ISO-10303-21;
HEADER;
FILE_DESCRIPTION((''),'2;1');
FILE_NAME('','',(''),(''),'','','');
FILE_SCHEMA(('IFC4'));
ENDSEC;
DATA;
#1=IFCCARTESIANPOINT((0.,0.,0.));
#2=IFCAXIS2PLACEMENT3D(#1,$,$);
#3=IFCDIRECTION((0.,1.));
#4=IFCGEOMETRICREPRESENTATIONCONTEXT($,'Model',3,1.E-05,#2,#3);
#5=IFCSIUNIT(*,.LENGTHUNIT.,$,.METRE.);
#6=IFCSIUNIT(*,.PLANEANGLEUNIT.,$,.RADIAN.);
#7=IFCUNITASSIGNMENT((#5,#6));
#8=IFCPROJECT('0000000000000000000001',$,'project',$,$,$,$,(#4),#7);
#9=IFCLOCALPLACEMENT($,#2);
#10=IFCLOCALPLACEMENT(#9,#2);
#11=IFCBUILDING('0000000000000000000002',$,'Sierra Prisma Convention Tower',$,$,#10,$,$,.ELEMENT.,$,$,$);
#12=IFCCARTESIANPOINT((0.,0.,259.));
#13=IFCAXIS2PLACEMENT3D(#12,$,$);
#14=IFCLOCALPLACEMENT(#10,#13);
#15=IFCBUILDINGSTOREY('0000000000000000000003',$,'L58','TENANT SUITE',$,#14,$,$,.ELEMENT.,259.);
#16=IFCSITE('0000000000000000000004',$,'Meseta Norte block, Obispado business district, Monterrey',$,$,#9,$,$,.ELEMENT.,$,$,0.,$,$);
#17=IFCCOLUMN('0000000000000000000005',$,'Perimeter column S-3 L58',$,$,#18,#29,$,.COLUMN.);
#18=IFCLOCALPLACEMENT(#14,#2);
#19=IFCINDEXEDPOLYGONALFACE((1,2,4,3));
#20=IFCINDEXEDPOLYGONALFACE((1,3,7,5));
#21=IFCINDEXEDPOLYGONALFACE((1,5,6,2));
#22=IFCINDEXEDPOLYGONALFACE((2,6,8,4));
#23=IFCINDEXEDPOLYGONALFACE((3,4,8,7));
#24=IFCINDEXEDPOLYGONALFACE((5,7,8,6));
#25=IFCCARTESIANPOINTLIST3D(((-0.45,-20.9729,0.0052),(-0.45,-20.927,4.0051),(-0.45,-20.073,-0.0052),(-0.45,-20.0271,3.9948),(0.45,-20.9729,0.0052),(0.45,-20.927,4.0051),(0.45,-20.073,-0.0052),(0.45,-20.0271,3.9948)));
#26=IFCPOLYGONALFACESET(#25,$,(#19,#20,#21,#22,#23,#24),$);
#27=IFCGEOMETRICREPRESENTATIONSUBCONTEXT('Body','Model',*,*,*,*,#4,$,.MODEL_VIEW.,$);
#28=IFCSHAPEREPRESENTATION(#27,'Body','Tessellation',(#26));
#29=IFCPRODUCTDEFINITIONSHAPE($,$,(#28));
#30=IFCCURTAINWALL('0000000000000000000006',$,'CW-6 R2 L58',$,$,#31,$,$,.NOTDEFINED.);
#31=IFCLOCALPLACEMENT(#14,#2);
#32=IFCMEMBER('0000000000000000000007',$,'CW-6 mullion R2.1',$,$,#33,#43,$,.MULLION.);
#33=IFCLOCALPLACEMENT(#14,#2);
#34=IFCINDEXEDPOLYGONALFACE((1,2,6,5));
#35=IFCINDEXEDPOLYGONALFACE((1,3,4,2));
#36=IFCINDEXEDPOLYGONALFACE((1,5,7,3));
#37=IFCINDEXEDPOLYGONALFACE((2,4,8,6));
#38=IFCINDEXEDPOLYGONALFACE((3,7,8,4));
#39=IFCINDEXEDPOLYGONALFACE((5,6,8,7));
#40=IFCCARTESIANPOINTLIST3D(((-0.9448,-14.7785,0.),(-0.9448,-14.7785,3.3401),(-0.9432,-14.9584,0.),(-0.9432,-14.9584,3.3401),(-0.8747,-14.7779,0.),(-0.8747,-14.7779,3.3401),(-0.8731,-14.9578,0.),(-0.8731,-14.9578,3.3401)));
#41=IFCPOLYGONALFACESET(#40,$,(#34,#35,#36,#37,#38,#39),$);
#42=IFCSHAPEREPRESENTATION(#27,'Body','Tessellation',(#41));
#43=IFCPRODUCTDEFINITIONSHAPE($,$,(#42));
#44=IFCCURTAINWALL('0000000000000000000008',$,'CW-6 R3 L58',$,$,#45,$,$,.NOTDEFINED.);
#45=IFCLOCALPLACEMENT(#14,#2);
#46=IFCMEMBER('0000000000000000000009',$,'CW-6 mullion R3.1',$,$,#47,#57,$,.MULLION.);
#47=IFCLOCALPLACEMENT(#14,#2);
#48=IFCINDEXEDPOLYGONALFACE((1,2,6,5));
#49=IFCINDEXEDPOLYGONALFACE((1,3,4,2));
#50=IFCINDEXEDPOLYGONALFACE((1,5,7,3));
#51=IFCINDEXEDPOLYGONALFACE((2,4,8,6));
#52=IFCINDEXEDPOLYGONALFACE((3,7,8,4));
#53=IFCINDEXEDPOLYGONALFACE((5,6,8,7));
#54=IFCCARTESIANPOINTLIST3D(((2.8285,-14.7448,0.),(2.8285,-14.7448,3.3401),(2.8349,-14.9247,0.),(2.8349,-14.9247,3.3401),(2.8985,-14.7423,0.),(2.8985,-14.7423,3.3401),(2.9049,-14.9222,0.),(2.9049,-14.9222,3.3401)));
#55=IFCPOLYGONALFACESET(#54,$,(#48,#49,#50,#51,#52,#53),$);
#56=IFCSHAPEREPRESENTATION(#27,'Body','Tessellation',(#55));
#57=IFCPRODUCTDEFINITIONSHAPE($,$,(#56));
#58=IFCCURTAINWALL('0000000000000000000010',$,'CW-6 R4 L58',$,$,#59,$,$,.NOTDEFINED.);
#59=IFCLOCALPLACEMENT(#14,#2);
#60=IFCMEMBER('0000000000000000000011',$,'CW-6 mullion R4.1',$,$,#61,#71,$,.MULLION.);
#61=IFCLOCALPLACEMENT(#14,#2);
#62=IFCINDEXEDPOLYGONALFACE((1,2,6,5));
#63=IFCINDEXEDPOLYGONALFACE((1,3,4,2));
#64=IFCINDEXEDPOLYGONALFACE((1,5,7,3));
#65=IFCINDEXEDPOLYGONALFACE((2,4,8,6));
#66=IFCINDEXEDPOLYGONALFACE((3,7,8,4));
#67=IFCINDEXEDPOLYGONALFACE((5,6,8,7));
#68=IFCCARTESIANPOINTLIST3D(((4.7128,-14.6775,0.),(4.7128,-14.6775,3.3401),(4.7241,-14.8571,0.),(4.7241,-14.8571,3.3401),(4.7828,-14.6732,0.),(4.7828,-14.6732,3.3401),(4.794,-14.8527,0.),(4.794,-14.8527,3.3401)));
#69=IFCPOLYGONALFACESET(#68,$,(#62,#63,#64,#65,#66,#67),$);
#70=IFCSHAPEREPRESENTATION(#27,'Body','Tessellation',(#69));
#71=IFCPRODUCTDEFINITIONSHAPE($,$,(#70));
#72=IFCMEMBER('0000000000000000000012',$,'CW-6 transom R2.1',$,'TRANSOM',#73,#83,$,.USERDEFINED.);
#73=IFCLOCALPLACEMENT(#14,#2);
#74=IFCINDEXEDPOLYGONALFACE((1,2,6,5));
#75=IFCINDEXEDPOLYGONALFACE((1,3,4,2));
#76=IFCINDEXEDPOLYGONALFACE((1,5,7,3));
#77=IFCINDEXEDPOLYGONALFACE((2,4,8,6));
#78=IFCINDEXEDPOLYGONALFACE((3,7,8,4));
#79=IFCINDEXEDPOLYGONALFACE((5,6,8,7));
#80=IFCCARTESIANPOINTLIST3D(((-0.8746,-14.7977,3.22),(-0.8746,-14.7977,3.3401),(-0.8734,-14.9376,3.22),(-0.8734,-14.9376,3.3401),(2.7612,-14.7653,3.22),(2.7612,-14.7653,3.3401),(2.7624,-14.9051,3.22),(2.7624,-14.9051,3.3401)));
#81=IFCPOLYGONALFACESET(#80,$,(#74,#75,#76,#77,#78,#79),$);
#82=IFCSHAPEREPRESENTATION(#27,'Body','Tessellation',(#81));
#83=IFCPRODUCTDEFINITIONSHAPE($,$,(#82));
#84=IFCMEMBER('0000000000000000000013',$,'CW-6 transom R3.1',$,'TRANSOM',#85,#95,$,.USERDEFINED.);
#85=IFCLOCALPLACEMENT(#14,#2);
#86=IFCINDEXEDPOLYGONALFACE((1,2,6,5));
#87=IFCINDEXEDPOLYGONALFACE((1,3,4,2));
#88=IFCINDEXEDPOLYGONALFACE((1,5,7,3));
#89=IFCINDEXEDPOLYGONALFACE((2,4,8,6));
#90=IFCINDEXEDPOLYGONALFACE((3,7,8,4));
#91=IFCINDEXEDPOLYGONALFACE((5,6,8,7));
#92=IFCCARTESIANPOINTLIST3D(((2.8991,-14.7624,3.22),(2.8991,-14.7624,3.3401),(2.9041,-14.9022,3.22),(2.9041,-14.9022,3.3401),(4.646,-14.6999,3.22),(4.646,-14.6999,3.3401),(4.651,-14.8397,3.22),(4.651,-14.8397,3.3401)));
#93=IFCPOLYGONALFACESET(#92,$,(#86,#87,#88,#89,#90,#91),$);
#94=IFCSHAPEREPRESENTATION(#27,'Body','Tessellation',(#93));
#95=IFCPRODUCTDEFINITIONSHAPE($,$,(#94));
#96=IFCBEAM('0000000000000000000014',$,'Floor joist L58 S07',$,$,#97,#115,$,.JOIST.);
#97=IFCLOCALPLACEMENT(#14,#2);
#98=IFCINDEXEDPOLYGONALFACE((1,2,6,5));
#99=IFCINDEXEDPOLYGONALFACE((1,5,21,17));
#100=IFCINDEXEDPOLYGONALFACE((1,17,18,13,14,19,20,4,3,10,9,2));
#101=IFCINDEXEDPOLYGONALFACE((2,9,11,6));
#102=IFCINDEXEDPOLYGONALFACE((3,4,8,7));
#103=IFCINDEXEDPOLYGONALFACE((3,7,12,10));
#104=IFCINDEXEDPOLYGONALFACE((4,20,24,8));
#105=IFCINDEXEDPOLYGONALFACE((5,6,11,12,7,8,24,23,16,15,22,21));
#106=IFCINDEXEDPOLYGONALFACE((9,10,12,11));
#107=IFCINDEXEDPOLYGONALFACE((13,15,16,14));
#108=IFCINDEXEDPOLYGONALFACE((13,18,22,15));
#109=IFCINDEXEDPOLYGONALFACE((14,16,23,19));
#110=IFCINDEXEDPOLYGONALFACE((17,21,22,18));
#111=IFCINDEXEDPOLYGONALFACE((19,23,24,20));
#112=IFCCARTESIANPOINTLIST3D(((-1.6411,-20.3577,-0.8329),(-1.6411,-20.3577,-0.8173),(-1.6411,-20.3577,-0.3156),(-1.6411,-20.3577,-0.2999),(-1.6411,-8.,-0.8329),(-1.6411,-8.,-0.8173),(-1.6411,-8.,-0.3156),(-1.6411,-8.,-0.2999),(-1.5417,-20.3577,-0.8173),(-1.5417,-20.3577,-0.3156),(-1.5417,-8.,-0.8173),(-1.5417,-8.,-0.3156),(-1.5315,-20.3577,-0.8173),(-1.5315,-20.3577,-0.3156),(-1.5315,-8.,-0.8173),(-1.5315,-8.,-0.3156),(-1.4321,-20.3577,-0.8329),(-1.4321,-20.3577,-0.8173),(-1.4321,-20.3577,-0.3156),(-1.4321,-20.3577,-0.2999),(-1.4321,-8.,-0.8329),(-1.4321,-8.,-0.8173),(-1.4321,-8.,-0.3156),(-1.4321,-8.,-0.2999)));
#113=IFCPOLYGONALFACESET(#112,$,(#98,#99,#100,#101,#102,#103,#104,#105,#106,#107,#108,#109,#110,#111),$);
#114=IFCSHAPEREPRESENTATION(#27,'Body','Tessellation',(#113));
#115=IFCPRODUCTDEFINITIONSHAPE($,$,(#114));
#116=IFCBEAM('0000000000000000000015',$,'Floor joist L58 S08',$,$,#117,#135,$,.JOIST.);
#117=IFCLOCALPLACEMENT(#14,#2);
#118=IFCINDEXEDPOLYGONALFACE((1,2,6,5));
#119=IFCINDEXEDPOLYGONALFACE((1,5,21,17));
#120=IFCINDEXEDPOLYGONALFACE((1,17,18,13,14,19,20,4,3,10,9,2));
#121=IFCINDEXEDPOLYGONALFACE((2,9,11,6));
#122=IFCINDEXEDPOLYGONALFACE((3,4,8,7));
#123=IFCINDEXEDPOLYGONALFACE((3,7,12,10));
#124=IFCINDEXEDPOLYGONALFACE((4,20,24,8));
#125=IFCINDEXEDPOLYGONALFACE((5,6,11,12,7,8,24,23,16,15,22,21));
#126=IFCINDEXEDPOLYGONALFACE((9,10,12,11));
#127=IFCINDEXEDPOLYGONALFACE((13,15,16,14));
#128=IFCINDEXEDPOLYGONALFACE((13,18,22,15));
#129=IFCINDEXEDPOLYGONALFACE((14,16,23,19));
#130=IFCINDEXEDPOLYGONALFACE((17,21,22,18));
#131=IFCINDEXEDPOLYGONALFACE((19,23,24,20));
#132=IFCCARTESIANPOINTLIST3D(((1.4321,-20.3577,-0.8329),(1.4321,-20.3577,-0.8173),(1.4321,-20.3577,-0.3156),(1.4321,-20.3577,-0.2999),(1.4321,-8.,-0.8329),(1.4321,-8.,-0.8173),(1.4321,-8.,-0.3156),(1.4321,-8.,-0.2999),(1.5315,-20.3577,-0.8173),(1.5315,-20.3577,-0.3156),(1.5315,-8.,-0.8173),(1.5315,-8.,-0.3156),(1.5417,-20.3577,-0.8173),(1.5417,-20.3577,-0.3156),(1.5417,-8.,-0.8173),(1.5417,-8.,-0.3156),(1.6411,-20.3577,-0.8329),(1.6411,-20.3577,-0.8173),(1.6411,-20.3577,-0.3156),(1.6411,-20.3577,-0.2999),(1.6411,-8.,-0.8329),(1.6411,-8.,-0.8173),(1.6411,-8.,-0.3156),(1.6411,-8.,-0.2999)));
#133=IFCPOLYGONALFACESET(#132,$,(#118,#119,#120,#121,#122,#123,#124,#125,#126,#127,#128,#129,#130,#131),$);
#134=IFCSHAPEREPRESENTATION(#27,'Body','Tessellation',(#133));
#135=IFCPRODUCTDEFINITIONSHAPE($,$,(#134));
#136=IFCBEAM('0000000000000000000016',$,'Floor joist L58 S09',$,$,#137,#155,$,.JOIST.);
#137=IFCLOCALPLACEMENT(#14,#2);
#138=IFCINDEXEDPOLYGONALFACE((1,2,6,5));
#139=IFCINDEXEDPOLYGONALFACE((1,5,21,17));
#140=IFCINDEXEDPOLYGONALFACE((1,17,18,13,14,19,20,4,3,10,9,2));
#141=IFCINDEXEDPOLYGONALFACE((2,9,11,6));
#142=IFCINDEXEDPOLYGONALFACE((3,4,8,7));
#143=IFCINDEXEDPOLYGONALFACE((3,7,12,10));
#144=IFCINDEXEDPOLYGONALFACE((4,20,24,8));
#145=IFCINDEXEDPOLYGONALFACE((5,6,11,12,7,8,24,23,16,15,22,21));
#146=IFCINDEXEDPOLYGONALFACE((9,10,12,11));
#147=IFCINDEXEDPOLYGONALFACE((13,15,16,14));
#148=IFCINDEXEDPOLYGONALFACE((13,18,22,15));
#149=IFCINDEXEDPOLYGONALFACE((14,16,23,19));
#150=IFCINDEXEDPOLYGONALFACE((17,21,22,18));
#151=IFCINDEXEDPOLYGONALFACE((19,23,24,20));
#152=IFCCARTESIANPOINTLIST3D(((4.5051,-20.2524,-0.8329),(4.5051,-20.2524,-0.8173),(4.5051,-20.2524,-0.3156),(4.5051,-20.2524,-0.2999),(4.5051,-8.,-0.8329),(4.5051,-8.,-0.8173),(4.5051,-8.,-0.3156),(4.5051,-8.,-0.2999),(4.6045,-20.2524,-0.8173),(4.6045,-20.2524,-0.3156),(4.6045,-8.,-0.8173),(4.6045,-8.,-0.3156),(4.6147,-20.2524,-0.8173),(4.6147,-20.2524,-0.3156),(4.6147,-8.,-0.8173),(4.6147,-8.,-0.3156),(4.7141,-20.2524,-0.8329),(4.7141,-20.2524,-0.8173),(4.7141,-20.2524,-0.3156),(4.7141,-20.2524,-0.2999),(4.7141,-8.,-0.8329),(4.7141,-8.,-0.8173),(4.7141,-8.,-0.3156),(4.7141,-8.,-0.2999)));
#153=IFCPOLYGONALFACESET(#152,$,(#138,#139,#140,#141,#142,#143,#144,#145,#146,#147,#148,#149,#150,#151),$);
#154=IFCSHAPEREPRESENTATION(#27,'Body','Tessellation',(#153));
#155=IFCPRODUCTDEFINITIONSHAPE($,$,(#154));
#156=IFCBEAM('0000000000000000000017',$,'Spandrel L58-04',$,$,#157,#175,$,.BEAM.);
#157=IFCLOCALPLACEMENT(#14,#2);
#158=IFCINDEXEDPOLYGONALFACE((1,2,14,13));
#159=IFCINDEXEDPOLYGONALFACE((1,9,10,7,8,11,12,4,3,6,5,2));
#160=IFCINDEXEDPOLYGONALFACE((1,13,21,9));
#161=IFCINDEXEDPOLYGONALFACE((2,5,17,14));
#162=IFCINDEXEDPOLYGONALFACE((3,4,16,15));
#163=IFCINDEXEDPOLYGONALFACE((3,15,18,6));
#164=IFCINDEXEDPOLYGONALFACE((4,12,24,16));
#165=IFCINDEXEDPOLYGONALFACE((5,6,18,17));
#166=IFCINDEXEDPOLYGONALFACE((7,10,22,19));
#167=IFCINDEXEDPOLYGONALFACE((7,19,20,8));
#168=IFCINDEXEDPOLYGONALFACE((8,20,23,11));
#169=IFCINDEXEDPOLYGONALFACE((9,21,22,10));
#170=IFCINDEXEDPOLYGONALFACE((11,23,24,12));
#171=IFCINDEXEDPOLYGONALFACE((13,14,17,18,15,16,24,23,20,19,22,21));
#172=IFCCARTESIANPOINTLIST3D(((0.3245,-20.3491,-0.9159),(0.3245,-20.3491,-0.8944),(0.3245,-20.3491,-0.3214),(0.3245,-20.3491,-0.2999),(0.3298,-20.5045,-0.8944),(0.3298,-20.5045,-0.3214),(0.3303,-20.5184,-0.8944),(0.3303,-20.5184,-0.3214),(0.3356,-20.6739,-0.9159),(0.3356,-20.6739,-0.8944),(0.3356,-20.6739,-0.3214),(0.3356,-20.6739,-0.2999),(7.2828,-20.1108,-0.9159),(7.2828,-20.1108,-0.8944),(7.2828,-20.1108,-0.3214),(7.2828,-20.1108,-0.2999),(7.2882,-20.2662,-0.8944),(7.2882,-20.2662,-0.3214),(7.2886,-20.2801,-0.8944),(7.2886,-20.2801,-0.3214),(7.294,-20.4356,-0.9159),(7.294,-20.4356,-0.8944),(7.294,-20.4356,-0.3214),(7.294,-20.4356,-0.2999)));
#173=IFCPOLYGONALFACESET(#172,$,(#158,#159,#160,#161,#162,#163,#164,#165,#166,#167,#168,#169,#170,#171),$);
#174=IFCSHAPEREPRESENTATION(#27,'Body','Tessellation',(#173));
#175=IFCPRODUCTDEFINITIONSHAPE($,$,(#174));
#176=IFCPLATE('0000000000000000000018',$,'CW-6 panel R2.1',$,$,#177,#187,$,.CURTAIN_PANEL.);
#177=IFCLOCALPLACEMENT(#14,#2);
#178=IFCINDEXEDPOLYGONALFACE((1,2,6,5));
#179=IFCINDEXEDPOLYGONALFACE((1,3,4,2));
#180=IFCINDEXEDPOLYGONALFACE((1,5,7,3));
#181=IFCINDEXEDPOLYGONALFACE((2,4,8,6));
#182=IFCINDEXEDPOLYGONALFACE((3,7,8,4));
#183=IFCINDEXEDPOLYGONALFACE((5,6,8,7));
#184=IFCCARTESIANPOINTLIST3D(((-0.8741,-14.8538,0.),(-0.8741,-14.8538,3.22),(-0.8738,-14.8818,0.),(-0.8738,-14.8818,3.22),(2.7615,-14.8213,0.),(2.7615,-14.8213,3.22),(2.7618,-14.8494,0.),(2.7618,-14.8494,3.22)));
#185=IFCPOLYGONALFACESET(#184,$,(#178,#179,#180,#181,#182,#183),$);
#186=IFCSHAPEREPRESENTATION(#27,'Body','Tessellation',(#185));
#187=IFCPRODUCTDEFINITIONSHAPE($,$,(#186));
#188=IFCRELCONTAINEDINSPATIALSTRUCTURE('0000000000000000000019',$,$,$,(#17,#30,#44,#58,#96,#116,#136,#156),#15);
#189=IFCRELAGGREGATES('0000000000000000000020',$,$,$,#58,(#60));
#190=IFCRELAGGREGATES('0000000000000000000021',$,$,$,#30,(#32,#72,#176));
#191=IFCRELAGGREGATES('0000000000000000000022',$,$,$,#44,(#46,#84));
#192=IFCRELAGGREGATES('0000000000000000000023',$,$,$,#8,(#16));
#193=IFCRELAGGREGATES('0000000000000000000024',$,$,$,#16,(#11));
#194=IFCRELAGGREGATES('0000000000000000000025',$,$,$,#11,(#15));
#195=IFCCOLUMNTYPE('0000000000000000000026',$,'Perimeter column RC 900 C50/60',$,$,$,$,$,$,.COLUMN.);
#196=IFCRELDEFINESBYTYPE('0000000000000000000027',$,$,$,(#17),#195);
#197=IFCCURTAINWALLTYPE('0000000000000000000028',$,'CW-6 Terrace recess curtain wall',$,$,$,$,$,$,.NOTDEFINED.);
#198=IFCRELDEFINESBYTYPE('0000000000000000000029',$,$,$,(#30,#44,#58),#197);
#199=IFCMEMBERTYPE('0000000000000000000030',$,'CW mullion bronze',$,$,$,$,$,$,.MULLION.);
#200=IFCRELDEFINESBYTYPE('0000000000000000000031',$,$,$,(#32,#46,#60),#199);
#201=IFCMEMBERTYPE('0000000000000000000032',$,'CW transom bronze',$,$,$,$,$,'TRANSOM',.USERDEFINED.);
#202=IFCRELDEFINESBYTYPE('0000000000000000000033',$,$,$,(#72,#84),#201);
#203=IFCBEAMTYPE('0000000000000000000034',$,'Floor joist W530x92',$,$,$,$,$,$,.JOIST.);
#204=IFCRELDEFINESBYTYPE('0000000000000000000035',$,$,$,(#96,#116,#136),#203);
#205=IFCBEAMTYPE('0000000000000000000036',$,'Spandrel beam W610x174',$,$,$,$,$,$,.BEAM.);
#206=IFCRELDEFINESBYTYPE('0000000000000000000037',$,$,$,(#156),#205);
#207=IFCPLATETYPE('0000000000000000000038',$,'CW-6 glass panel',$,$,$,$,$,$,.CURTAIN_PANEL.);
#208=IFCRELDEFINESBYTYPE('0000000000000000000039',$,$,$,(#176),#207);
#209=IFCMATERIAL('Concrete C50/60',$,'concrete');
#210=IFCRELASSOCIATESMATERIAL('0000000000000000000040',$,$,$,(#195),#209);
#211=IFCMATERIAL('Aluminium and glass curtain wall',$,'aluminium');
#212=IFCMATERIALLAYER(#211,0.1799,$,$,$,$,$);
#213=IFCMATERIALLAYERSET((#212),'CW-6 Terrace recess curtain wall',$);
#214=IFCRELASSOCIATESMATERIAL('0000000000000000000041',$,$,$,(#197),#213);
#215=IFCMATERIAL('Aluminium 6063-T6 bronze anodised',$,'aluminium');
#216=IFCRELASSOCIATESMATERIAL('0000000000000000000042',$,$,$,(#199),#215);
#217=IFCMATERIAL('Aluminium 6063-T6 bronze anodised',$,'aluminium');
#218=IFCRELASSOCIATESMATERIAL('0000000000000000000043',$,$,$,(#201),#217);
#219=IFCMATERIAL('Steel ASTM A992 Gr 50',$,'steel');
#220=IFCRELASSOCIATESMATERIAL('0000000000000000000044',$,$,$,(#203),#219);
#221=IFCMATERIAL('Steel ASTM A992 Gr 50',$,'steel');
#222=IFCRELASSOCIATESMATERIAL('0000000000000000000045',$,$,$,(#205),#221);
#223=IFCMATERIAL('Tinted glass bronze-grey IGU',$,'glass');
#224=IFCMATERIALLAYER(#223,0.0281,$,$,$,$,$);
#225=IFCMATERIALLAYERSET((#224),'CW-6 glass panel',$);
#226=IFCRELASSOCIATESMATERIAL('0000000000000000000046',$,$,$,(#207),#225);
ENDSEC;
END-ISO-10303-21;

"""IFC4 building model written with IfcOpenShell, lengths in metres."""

from ifc_helpers import new_model, si_unit, direction, frame, origin, origin_2d, place, context, subcontext, project, spatial, rectangle, i_section, extrude, material, layer, layer_set, material_profile, profile_set, type_object, element, aggregate, save


model = new_model("IFC4")

# Units and contexts
model_context = context("Model", 3, precision=1e-05, world=origin(), true_north=direction((0.0, 1.0)))
body_context = subcontext(model_context, "Body", "Model", "MODEL_VIEW")
ifc_project = project(units=[si_unit("LENGTHUNIT", "METRE"), si_unit("PLANEANGLEUNIT", "RADIAN")], contexts=[model_context])

# Site, building, storey
site_placement = place(None, origin())
site = spatial("IfcSite", under=ifc_project, at=site_placement, Name="Meseta Norte block, Obispado business district, Monterrey", CompositionType="ELEMENT", RefElevation=0.0)
building_placement = place(site_placement, origin())
building = spatial("IfcBuilding", under=site, at=building_placement, Name="Sierra Prisma Convention Tower", CompositionType="ELEMENT")
storey_placement = place(building_placement, frame((0.0, 0.0, 259.0)))
storey = spatial("IfcBuildingStorey", under=building, at=storey_placement, Name="L58", Description="TENANT SUITE", CompositionType="ELEMENT", Elevation=259.0)

# Column
ifc_material_1 = material(Name="Concrete C50/60", Category="concrete")
ifc_material_profile_1 = material_profile(ifc_material_1, rectangle(XDim=0.8999, YDim=0.8999, at=origin_2d()), Name="Perimeter column RC 900 C50/60")
ifc_profile_set_1 = profile_set([ifc_material_profile_1], Name="Concrete C50/60")
column_type = type_object("IfcColumnType", Name="Perimeter column RC 900 C50/60", PredefinedType="COLUMN", material=ifc_profile_set_1)
column_placement = place(storey_placement, frame((0.0, -20.5229, 0.0), z_axis=(0.0, 0.011474, 0.999934), x_axis=(1.0, 0.0, 0.0)))
element("IfcColumn", 1, at=column_placement, inside=storey, type_object=column_type, Name="Perimeter column S-3 L58", PredefinedType="COLUMN", context=body_context, shape_type="SweptSolid", body=[
    extrude(rectangle(XDim=0.8999, YDim=0.8999, at=origin_2d()), origin(), (0.0, 0.0, 1.0), 4.0002),
])

# Curtain walls, members
ifc_material_2 = material(Name="Aluminium and glass curtain wall", Category="aluminium")
ifc_layer_1 = layer(ifc_material_2, 0.1799)
ifc_layer_set_1 = layer_set([ifc_layer_1], Name="CW-6 Terrace recess curtain wall")
curtain_wall_type = type_object("IfcCurtainWallType", Name="CW-6 Terrace recess curtain wall", PredefinedType="NOTDEFINED", material=ifc_layer_set_1)
curtain_wall_1_placement = place(storey_placement, origin())
curtain_wall_1 = element("IfcCurtainWall", 2, at=curtain_wall_1_placement, inside=storey, type_object=curtain_wall_type, Name="CW-6 R2 L58", PredefinedType="NOTDEFINED")
ifc_material_3 = material(Name="Aluminium 6063-T6 bronze anodised", Category="aluminium")
ifc_material_profile_2 = material_profile(ifc_material_3, rectangle(XDim=0.1799, YDim=0.0701, at=origin_2d()), Name="ALU MULLION 70x180")
ifc_profile_set_2 = profile_set([ifc_material_profile_2], Name="Aluminium 6063-T6 bronze anodised")
member_type_1 = type_object("IfcMemberType", Name="CW mullion bronze", PredefinedType="MULLION", material=ifc_profile_set_2)
member_1_placement = place(storey_placement, frame((-0.9089, -14.8682, 0.0), z_axis=(0.0, 0.0, 1.0), x_axis=(-0.008931, 0.99996, 0.0)))
member_1 = element("IfcMember", 3, at=member_1_placement, type_object=member_type_1, Name="CW-6 mullion R2.1", PredefinedType="MULLION", context=body_context, shape_type="SweptSolid", body=[
    extrude(rectangle(XDim=0.1799, YDim=0.0701, at=origin_2d()), origin(), (0.0, 0.0, 1.0), 3.3401),
])
curtain_wall_2_placement = place(storey_placement, origin())
curtain_wall_2 = element("IfcCurtainWall", 4, at=curtain_wall_2_placement, inside=storey, type_object=curtain_wall_type, Name="CW-6 R3 L58", PredefinedType="NOTDEFINED")
member_2_placement = place(storey_placement, frame((2.8667, -14.8335, 0.0), z_axis=(0.0, 0.0, 1.0), x_axis=(-0.035718, 0.999362, 0.0)))
member_2 = element("IfcMember", 5, at=member_2_placement, type_object=member_type_1, Name="CW-6 mullion R3.1", PredefinedType="MULLION", context=body_context, shape_type="SweptSolid", body=[
    extrude(rectangle(XDim=0.1799, YDim=0.0701, at=origin_2d()), origin(), (0.0, 0.0, 1.0), 3.3401),
])
curtain_wall_3_placement = place(storey_placement, origin())
curtain_wall_3 = element("IfcCurtainWall", 6, at=curtain_wall_3_placement, inside=storey, type_object=curtain_wall_type, Name="CW-6 R4 L58", PredefinedType="NOTDEFINED")
member_3_placement = place(storey_placement, frame((4.7534, -14.7651, 0.0), z_axis=(0.0, 0.0, 1.0), x_axis=(-0.062478, 0.998046, 0.0)))
member_3 = element("IfcMember", 7, at=member_3_placement, type_object=member_type_1, Name="CW-6 mullion R4.1", PredefinedType="MULLION", context=body_context, shape_type="SweptSolid", body=[
    extrude(rectangle(XDim=0.1799, YDim=0.0701, at=origin_2d()), origin(), (0.0, 0.0, 1.0), 3.3401),
])
aggregate(curtain_wall_3, [member_3])

# Members
ifc_material_4 = material(Name="Aluminium 6063-T6 bronze anodised", Category="aluminium")
ifc_material_profile_3 = material_profile(ifc_material_4, rectangle(XDim=0.1399, YDim=0.1201, at=origin_2d()), Name="ALU TRANSOM 120x140")
ifc_profile_set_3 = profile_set([ifc_material_profile_3], Name="Aluminium 6063-T6 bronze anodised")
member_type_2 = type_object("IfcMemberType", Name="CW transom bronze", ElementType="TRANSOM", PredefinedType="USERDEFINED", material=ifc_profile_set_3)
member_4_placement = place(storey_placement, frame((-0.874, -14.8677, 3.28), z_axis=(0.99996, 0.008931, 0.0), x_axis=(-0.008931, 0.99996, 0.0)))
member_4 = element("IfcMember", 8, at=member_4_placement, type_object=member_type_2, Name="CW-6 transom R2.1", ObjectType="TRANSOM", PredefinedType="USERDEFINED", context=body_context, shape_type="SweptSolid", body=[
    extrude(rectangle(XDim=0.1399, YDim=0.1201, at=origin_2d()), origin(), (0.0, 0.0, 1.0), 3.636),
])
member_5_placement = place(storey_placement, frame((2.9016, -14.8323, 3.28), z_axis=(0.999361, 0.035756, 0.0), x_axis=(-0.035756, 0.999361, 0.0)))
member_5 = element("IfcMember", 9, at=member_5_placement, type_object=member_type_2, Name="CW-6 transom R3.1", ObjectType="TRANSOM", PredefinedType="USERDEFINED", context=body_context, shape_type="SweptSolid", body=[
    extrude(rectangle(XDim=0.1399, YDim=0.1201, at=origin_2d()), origin(), (0.0, 0.0, 1.0), 1.748),
])

# Beams
ifc_material_5 = material(Name="Steel ASTM A992 Gr 50", Category="steel")
ifc_material_profile_4 = material_profile(ifc_material_5, i_section(OverallWidth=0.209, OverallDepth=0.533, WebThickness=0.0103, FlangeThickness=0.0156, at=origin_2d()), Name="W530x92")
ifc_profile_set_4 = profile_set([ifc_material_profile_4], Name="Steel ASTM A992 Gr 50")
beam_type_1 = type_object("IfcBeamType", Name="Floor joist W530x92", PredefinedType="JOIST", material=ifc_profile_set_4)
for number, where, z_axis, x_axis, name in (
    (10, (-1.5366, -20.3577, -0.5664), (0.0, 1.0, 0.0), (-1.0, 0.0, 0.0), "Floor joist L58 S07"),
    (11, (1.5366, -20.3577, -0.5664), (0.0, 1.0, 0.0), (-1.0, 0.0, 0.0), "Floor joist L58 S08"),
):
    element("IfcBeam", number, at=place(storey_placement, frame(where, z_axis=z_axis, x_axis=x_axis)), inside=storey, type_object=beam_type_1, Name=name, PredefinedType="JOIST", context=body_context, shape_type="SweptSolid", body=[
        extrude(i_section(OverallWidth=0.209, OverallDepth=0.533, WebThickness=0.0103, FlangeThickness=0.0156, at=origin_2d()), origin(), (0.0, 0.0, 1.0), 12.3577),
    ])
beam_1_placement = place(storey_placement, frame((4.6096, -20.2524, -0.5664), z_axis=(0.0, 1.0, 0.0), x_axis=(-1.0, 0.0, 0.0)))
element("IfcBeam", 12, at=beam_1_placement, inside=storey, type_object=beam_type_1, Name="Floor joist L58 S09", PredefinedType="JOIST", context=body_context, shape_type="SweptSolid", body=[
    extrude(i_section(OverallWidth=0.209, OverallDepth=0.533, WebThickness=0.0103, FlangeThickness=0.0156, at=origin_2d()), origin(), (0.0, 0.0, 1.0), 12.2524),
])
ifc_material_6 = material(Name="Steel ASTM A992 Gr 50", Category="steel")
ifc_material_profile_5 = material_profile(ifc_material_6, i_section(OverallWidth=0.325, OverallDepth=0.616, WebThickness=0.0139, FlangeThickness=0.0215, at=origin_2d()), Name="W610x174")
ifc_profile_set_5 = profile_set([ifc_material_profile_5], Name="Steel ASTM A992 Gr 50")
beam_type_2 = type_object("IfcBeamType", Name="Spandrel beam W610x174", PredefinedType="BEAM", material=ifc_profile_set_5)
beam_2_placement = place(storey_placement, frame((0.3301, -20.5115, -0.6079), z_axis=(0.999414, 0.034224, 0.0), x_axis=(-0.034224, 0.999414, 0.0)))
element("IfcBeam", 13, at=beam_2_placement, inside=storey, type_object=beam_type_2, Name="Spandrel L58-04", PredefinedType="BEAM", context=body_context, shape_type="SweptSolid", body=[
    extrude(i_section(OverallWidth=0.325, OverallDepth=0.616, WebThickness=0.0139, FlangeThickness=0.0215, at=origin_2d()), origin(), (0.0, 0.0, 1.0), 6.9624),
])

# Plate
ifc_material_7 = material(Name="Tinted glass bronze-grey IGU", Category="glass")
ifc_layer_2 = layer(ifc_material_7, 0.0281)
ifc_layer_set_2 = layer_set([ifc_layer_2], Name="CW-6 glass panel")
plate_type = type_object("IfcPlateType", Name="CW-6 glass panel", PredefinedType="CURTAIN_PANEL", material=ifc_layer_set_2)
plate_1_placement = place(storey_placement, frame((0.9438, -14.8516, 0.0), z_axis=(0.0, 0.0, 1.0), x_axis=(0.99996, 0.008931, 0.0)))
plate_1 = element("IfcPlate", 14, at=plate_1_placement, type_object=plate_type, Name="CW-6 panel R2.1", PredefinedType="CURTAIN_PANEL", context=body_context, shape_type="SweptSolid", body=[
    extrude(rectangle(XDim=3.6357, YDim=0.0281, at=origin_2d()), origin(), (0.0, 0.0, 1.0), 3.22),
])
aggregate(curtain_wall_1, [member_1, member_4, plate_1])
aggregate(curtain_wall_2, [member_2, member_5])

save(model, "model.ifc")
